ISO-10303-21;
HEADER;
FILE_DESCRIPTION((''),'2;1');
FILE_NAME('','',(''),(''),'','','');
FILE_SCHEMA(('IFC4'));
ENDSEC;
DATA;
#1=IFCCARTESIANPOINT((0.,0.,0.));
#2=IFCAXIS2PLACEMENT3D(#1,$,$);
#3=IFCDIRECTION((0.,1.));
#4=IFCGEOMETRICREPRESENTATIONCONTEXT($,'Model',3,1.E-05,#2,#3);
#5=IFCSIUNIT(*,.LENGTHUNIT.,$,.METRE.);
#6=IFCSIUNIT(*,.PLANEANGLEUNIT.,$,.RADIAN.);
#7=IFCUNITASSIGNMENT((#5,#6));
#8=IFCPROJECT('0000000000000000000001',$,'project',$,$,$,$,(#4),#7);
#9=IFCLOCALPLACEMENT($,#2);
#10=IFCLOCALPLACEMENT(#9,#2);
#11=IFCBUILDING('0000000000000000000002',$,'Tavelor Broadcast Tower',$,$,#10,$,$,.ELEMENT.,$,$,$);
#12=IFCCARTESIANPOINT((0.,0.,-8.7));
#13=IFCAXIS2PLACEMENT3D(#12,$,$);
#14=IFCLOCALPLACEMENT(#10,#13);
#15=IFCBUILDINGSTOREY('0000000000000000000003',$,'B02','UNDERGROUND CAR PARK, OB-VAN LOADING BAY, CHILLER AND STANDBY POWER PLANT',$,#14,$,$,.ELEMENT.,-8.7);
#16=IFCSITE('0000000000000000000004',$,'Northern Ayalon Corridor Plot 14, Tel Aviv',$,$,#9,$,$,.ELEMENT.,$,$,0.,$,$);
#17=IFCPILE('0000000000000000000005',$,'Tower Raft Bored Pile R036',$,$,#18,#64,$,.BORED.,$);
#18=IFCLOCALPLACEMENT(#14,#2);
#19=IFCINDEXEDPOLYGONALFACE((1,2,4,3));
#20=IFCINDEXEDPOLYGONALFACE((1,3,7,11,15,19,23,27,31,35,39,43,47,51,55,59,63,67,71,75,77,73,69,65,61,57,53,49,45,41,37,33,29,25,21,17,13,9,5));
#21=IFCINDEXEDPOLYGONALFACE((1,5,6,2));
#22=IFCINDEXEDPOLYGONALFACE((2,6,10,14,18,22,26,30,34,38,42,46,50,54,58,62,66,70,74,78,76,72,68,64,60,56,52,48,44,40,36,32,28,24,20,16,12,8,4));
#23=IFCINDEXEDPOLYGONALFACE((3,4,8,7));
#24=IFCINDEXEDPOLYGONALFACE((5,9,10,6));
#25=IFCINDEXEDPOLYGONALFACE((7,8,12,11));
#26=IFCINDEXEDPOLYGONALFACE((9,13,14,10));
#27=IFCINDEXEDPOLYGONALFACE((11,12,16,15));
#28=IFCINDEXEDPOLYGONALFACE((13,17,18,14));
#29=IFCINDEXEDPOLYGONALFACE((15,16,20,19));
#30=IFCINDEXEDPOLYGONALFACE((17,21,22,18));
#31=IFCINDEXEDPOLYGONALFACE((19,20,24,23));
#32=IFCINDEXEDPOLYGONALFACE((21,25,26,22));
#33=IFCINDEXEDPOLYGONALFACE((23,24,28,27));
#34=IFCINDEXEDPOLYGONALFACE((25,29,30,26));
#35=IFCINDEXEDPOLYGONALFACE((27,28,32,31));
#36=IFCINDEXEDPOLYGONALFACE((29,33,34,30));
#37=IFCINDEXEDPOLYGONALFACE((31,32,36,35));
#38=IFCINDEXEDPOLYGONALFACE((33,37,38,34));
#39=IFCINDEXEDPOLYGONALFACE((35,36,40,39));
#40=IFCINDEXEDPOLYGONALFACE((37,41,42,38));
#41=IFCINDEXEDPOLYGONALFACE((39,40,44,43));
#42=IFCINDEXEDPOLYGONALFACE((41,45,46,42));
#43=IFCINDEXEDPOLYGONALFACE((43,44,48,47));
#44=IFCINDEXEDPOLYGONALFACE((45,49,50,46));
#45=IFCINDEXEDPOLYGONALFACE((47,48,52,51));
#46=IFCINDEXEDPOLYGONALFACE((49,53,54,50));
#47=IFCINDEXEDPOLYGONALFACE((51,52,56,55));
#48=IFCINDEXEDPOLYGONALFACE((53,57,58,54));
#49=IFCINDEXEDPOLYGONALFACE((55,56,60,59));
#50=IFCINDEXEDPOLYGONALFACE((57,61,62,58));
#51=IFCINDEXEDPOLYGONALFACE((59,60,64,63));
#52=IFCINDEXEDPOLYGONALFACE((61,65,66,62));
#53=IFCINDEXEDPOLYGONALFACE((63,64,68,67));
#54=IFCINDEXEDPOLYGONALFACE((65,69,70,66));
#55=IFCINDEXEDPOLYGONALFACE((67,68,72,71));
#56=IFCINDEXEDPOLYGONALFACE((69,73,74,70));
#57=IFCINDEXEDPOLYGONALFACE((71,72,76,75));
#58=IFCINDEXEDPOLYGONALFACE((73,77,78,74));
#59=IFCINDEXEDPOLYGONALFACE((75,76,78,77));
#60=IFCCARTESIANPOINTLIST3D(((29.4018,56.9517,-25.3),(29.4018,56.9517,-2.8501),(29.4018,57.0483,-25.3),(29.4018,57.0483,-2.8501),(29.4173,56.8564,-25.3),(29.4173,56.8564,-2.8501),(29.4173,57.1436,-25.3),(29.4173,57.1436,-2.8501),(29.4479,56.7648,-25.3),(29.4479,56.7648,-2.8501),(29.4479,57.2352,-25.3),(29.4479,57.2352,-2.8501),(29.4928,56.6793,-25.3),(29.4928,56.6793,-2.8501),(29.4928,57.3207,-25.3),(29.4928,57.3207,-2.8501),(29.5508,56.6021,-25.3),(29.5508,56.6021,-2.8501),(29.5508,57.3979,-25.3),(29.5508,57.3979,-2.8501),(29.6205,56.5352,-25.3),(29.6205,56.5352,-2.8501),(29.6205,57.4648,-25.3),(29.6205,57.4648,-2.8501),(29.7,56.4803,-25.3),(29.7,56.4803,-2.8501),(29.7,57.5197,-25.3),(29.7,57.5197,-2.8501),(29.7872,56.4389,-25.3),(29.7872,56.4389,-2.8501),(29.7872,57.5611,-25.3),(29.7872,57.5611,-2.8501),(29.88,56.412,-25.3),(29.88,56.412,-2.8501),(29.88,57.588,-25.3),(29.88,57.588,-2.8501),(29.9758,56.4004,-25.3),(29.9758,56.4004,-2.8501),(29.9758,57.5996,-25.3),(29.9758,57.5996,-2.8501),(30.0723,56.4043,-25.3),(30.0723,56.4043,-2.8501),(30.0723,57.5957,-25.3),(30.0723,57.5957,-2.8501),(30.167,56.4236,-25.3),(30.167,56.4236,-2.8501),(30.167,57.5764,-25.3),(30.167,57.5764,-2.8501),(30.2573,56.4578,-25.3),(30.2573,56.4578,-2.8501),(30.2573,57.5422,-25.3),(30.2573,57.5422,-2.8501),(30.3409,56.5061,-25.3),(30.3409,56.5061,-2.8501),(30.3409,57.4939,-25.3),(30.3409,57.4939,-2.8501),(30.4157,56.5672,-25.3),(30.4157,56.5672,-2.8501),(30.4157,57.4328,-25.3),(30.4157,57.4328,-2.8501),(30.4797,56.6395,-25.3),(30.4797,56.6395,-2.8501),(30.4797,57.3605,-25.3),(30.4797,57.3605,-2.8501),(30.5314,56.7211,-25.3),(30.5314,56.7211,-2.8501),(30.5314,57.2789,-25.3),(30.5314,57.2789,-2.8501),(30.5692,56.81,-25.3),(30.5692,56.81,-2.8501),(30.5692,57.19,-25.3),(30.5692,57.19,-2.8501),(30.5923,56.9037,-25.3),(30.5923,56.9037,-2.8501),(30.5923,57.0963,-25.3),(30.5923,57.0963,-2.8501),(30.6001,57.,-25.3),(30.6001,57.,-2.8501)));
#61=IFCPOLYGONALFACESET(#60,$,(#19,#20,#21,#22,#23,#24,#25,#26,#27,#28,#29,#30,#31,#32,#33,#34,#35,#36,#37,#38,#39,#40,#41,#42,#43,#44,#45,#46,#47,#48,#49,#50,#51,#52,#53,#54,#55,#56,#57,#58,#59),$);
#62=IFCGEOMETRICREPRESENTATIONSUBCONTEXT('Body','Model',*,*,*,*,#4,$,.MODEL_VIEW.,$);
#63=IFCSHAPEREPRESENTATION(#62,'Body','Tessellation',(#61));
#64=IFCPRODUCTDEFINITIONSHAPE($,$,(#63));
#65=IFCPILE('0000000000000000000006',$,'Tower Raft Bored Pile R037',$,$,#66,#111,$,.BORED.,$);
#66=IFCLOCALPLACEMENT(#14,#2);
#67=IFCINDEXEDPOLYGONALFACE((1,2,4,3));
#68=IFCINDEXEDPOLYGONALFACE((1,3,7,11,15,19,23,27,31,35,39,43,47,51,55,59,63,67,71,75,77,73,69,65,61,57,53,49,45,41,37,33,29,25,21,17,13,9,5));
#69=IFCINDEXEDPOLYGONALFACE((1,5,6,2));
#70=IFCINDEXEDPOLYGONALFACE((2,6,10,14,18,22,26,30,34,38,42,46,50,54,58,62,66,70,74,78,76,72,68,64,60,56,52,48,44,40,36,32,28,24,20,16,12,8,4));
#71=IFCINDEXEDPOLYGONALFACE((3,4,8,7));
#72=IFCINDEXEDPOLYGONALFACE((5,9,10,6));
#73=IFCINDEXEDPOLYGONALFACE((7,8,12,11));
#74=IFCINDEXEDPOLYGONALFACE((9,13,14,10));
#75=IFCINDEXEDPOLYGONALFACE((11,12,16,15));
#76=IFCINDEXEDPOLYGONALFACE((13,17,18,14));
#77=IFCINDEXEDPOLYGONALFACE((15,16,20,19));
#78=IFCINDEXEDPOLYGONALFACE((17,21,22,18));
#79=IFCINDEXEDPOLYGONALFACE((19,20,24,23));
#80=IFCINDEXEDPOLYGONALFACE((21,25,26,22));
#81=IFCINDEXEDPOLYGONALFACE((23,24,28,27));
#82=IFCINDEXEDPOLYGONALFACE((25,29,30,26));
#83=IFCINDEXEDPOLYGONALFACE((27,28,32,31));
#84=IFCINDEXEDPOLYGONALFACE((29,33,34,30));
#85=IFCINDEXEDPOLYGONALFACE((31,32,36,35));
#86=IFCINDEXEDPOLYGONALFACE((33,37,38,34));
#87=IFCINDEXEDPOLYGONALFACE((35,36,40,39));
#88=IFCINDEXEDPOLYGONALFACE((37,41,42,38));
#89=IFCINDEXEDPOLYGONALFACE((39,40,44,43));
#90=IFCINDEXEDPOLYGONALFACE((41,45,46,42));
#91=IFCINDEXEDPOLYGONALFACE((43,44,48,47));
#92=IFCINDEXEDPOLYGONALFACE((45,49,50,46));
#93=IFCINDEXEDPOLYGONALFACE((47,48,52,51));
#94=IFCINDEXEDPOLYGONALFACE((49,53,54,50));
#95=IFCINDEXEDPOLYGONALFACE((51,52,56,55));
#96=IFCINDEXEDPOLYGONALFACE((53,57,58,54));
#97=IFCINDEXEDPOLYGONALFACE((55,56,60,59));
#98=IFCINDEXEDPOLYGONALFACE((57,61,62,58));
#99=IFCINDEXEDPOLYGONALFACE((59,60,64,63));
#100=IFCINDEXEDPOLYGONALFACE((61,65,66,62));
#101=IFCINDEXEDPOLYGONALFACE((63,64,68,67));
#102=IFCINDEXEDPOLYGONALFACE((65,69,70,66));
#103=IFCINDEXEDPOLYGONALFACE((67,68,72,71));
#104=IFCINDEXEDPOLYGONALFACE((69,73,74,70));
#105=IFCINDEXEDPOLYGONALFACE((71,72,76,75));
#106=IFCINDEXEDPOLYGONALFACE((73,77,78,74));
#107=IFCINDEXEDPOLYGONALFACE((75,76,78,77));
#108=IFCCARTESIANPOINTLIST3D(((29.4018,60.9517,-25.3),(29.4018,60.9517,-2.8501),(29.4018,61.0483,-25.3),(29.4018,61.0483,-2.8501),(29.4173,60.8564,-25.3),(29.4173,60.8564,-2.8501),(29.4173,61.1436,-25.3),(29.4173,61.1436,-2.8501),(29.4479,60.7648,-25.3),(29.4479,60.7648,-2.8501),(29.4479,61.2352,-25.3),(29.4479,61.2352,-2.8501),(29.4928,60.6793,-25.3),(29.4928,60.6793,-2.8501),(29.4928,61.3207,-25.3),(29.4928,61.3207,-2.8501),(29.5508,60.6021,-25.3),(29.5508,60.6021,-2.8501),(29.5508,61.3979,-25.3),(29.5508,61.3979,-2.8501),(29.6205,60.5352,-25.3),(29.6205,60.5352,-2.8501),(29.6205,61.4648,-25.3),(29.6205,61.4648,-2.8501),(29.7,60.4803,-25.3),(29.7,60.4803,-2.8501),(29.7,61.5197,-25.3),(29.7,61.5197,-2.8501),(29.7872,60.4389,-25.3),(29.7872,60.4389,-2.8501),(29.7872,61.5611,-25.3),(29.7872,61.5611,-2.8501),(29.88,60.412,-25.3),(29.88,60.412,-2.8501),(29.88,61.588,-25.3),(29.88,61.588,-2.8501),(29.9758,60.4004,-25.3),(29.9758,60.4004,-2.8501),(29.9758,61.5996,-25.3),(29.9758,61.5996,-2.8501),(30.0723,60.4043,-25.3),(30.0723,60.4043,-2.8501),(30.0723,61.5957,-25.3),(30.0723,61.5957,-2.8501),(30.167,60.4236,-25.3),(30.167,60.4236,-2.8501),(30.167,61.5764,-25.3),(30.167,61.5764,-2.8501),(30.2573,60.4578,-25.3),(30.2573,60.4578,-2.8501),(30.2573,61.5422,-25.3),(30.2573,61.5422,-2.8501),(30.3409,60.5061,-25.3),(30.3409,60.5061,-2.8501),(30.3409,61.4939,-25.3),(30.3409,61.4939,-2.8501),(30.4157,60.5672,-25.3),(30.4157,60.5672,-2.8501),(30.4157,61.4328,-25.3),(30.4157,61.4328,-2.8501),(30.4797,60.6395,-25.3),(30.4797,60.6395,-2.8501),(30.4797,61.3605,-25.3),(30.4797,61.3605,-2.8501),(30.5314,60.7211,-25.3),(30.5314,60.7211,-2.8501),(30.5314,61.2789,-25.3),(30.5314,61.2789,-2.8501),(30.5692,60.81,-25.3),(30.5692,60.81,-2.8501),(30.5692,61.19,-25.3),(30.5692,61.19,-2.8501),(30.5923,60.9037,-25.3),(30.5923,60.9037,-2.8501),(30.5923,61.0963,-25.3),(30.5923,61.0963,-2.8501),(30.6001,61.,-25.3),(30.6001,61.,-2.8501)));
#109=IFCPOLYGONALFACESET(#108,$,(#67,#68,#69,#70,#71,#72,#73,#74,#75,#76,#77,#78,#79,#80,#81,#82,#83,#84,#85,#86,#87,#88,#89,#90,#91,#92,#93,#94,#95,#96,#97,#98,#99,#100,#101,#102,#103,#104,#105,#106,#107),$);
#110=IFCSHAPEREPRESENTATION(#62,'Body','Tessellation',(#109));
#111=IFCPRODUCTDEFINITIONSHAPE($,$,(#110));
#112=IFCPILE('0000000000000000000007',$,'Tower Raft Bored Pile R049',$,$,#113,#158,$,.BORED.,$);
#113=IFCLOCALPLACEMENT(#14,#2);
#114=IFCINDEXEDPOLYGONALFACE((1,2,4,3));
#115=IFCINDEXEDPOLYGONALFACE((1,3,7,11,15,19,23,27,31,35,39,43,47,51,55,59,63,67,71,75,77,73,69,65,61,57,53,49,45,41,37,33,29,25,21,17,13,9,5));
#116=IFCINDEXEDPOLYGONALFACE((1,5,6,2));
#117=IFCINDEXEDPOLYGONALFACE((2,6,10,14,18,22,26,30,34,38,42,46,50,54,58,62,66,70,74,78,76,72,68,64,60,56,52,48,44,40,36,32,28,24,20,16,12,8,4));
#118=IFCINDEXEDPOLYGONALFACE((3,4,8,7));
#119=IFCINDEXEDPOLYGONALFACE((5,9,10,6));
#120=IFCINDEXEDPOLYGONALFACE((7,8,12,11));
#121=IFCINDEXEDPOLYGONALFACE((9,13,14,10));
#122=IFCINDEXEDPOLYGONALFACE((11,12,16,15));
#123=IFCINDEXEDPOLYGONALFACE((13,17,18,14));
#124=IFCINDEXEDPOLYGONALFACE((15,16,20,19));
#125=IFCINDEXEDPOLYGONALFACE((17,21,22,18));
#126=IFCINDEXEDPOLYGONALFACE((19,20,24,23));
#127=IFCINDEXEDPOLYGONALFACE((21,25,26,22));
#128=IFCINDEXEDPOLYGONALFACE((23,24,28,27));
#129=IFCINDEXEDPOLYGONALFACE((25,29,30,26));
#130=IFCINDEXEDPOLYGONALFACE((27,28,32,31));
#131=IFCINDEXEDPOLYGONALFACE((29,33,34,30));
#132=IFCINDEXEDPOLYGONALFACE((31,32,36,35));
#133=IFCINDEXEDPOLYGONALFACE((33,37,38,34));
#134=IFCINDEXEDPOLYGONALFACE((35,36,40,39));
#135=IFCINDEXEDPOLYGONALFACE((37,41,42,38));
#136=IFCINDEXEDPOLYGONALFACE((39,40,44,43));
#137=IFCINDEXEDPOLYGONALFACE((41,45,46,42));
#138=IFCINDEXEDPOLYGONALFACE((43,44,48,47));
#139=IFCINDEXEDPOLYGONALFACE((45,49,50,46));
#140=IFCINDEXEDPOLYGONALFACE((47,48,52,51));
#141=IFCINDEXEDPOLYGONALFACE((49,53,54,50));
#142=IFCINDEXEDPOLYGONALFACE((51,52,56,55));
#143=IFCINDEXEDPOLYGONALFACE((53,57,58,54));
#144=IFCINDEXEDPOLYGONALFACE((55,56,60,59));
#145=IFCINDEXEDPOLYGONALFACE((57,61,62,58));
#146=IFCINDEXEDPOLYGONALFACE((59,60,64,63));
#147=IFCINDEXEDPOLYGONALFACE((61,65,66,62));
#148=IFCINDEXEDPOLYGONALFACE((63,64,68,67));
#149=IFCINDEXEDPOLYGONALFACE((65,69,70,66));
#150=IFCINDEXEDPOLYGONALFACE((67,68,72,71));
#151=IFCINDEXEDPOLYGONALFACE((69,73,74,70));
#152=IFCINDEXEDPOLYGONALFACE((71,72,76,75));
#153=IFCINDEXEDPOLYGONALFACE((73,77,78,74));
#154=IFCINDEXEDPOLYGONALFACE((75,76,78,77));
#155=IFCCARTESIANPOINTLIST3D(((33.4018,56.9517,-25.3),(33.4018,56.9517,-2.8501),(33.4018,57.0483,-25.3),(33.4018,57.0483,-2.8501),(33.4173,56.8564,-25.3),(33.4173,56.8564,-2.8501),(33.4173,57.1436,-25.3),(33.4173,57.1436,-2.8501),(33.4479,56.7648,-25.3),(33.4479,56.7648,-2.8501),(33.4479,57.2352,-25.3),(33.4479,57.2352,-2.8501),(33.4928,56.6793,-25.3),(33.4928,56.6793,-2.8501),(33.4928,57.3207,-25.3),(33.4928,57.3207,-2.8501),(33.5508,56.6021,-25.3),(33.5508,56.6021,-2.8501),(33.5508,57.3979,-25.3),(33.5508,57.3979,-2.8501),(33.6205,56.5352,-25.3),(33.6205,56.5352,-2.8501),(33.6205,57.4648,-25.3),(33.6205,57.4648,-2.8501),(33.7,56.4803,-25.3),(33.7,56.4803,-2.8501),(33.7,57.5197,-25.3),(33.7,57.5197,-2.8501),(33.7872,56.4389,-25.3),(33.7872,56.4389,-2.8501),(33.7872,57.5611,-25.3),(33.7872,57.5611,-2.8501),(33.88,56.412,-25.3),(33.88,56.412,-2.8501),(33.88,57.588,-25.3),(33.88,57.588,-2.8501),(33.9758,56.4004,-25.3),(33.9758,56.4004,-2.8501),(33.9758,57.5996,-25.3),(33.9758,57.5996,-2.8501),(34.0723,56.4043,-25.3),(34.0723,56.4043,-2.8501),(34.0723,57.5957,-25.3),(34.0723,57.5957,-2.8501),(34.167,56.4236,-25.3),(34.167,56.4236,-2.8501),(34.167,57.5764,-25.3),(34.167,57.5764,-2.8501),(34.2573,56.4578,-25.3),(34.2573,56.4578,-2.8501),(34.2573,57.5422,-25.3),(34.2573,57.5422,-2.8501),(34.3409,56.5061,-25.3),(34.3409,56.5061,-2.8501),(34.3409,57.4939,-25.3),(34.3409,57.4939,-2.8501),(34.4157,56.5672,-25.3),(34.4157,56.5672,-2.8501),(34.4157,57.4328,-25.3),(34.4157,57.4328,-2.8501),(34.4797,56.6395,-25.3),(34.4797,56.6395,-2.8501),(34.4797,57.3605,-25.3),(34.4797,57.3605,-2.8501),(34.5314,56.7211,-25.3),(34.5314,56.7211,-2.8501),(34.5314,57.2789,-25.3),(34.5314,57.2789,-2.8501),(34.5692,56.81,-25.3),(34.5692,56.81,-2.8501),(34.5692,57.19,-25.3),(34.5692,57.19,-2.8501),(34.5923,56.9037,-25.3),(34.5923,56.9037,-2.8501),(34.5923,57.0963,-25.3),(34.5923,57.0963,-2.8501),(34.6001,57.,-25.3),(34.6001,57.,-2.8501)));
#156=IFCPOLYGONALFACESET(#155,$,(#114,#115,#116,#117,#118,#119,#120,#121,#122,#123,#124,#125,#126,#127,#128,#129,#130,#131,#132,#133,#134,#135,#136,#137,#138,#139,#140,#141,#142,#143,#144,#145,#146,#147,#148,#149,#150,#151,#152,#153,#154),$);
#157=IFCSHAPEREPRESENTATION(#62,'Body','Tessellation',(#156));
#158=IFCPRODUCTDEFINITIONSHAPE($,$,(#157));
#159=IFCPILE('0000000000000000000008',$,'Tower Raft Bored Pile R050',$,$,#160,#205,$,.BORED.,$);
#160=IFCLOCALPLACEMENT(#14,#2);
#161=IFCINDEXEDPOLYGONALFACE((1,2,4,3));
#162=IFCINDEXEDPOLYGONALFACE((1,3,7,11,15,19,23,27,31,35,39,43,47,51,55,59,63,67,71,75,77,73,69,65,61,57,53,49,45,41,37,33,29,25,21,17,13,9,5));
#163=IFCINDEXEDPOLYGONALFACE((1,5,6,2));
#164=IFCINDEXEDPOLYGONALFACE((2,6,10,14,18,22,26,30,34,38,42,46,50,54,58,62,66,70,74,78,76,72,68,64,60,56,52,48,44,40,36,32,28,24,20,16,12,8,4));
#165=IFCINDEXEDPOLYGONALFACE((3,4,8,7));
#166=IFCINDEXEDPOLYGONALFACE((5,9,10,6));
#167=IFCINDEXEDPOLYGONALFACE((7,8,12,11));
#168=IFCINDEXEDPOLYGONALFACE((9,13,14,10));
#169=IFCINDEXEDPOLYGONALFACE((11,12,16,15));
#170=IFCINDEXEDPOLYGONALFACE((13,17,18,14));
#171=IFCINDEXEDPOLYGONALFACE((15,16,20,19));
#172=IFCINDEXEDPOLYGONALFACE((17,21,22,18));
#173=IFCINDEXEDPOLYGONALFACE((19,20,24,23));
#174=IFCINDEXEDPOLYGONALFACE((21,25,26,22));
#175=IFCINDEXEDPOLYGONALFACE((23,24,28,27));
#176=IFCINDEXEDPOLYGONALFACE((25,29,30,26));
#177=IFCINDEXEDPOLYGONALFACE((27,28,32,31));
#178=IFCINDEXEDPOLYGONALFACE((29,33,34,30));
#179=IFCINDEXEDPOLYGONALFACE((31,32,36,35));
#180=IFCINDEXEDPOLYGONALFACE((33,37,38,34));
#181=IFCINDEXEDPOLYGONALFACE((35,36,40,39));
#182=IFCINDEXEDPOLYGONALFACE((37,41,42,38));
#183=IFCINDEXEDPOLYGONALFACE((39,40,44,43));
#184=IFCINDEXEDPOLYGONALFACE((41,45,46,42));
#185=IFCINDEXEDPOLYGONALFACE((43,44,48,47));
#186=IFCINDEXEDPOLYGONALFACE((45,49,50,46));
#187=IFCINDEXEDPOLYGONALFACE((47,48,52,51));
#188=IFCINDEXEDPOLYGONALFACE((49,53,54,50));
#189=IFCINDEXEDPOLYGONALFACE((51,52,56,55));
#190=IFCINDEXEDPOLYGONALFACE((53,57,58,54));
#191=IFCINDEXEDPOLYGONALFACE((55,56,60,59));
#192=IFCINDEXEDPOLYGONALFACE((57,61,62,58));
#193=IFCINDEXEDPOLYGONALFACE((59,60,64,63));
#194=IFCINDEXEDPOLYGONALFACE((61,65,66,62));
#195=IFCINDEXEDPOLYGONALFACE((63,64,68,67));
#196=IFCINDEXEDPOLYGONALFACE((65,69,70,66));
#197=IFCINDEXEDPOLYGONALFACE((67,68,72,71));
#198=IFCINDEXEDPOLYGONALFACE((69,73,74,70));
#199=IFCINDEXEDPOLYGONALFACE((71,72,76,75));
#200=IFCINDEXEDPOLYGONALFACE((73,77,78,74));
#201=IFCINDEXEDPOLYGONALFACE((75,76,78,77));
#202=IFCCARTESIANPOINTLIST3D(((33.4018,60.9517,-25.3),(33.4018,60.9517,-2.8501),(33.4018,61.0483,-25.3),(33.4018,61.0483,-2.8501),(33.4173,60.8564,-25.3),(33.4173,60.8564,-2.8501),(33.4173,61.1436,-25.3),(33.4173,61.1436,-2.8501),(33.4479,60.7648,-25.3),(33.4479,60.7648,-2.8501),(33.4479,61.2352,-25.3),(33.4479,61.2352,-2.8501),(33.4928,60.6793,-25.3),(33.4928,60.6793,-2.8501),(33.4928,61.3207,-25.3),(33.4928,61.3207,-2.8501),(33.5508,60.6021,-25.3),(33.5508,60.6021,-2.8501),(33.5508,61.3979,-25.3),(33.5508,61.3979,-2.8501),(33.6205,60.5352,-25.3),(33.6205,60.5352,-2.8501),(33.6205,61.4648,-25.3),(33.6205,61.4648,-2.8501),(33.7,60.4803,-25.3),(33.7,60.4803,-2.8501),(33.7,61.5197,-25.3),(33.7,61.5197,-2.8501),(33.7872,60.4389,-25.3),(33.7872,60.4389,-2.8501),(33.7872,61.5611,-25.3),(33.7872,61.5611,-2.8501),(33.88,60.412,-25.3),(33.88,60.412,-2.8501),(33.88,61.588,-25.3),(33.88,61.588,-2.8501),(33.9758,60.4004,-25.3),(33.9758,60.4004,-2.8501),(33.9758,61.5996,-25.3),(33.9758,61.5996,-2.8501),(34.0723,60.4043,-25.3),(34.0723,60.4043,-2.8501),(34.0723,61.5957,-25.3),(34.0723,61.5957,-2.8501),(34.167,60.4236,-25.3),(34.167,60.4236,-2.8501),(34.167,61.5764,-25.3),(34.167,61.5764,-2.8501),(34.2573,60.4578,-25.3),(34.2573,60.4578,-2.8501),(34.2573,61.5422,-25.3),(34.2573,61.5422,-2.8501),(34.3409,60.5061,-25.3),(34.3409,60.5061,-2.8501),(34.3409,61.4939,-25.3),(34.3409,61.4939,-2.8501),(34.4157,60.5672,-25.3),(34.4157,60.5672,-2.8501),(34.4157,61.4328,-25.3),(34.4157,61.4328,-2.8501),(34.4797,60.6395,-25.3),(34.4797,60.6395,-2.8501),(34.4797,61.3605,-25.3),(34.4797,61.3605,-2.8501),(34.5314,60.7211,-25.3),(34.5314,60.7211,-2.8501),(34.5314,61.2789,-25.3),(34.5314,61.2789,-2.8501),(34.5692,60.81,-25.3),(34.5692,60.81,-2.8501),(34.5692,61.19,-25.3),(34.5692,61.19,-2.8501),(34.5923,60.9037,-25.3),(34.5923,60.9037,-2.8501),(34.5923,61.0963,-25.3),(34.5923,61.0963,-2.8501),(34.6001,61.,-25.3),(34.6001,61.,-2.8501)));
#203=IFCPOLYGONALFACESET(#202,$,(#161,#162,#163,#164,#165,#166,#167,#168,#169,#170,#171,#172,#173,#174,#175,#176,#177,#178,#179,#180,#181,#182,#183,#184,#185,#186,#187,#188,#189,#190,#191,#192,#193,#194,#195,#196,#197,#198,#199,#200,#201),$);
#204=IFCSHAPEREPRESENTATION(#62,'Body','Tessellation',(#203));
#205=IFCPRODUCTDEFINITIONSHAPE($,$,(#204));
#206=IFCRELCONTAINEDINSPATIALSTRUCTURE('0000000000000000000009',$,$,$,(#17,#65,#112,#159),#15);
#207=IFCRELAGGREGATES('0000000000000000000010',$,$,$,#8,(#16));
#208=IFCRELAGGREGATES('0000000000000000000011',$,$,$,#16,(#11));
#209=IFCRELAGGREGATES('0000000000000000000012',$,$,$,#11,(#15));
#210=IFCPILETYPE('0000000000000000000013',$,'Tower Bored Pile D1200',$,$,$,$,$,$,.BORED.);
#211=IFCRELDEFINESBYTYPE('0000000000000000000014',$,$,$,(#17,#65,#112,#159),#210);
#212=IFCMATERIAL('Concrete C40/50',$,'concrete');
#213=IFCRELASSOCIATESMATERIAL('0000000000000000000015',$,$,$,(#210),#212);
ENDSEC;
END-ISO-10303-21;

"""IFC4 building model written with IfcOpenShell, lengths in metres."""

from ifc_helpers import new_model, si_unit, direction, frame, origin, origin_2d, place, context, subcontext, project, spatial, circle, extrude, material, material_profile, profile_set, type_object, element, save


model = new_model("IFC4")

# Units and contexts
model_context = context("Model", 3, precision=1e-05, world=origin(), true_north=direction((0.0, 1.0)))
body_context = subcontext(model_context, "Body", "Model", "MODEL_VIEW")
ifc_project = project(units=[si_unit("LENGTHUNIT", "METRE"), si_unit("PLANEANGLEUNIT", "RADIAN")], contexts=[model_context])

# Site, building, storey
site_placement = place(None, origin())
site = spatial("IfcSite", under=ifc_project, at=site_placement, Name="Northern Ayalon Corridor Plot 14, Tel Aviv", CompositionType="ELEMENT", RefElevation=0.0)
building_placement = place(site_placement, origin())
building = spatial("IfcBuilding", under=site, at=building_placement, Name="Tavelor Broadcast Tower", CompositionType="ELEMENT")
storey_placement = place(building_placement, frame((0.0, 0.0, -8.7)))
storey = spatial("IfcBuildingStorey", under=building, at=storey_placement, Name="B02", Description="UNDERGROUND CAR PARK, OB-VAN LOADING BAY, CHILLER AND STANDBY POWER PLANT", CompositionType="ELEMENT", Elevation=-8.7)

# Piles
ifc_material_1 = material(Name="Concrete C40/50", Category="concrete")
ifc_material_profile_1 = material_profile(ifc_material_1, circle(Radius=0.6001, at=origin_2d()), Name="PILE D1200")
ifc_profile_set_1 = profile_set([ifc_material_profile_1], Name="Concrete C40/50")
pile_type = type_object("IfcPileType", Name="Tower Bored Pile D1200", PredefinedType="BORED", material=ifc_profile_set_1)
for number, where, z_axis, x_axis, name in (
    (1, (30.0, 57.0, -2.8501), (0.0, 0.0, -1.0), (1.0, 0.0, 0.0), "Tower Raft Bored Pile R036"),
    (2, (30.0, 61.0, -2.8501), (0.0, 0.0, -1.0), (1.0, 0.0, 0.0), "Tower Raft Bored Pile R037"),
    (3, (34.0, 57.0, -2.8501), (0.0, 0.0, -1.0), (1.0, 0.0, 0.0), "Tower Raft Bored Pile R049"),
    (4, (34.0, 61.0, -2.8501), (0.0, 0.0, -1.0), (1.0, 0.0, 0.0), "Tower Raft Bored Pile R050"),
):
    element("IfcPile", number, at=place(storey_placement, frame(where, z_axis=z_axis, x_axis=x_axis)), inside=storey, type_object=pile_type, Name=name, PredefinedType="BORED", context=body_context, shape_type="SweptSolid", body=[
        extrude(circle(Radius=0.6001, at=origin_2d()), origin(), (0.0, 0.0, 1.0), 22.45),
    ])

save(model, "model.ifc")
